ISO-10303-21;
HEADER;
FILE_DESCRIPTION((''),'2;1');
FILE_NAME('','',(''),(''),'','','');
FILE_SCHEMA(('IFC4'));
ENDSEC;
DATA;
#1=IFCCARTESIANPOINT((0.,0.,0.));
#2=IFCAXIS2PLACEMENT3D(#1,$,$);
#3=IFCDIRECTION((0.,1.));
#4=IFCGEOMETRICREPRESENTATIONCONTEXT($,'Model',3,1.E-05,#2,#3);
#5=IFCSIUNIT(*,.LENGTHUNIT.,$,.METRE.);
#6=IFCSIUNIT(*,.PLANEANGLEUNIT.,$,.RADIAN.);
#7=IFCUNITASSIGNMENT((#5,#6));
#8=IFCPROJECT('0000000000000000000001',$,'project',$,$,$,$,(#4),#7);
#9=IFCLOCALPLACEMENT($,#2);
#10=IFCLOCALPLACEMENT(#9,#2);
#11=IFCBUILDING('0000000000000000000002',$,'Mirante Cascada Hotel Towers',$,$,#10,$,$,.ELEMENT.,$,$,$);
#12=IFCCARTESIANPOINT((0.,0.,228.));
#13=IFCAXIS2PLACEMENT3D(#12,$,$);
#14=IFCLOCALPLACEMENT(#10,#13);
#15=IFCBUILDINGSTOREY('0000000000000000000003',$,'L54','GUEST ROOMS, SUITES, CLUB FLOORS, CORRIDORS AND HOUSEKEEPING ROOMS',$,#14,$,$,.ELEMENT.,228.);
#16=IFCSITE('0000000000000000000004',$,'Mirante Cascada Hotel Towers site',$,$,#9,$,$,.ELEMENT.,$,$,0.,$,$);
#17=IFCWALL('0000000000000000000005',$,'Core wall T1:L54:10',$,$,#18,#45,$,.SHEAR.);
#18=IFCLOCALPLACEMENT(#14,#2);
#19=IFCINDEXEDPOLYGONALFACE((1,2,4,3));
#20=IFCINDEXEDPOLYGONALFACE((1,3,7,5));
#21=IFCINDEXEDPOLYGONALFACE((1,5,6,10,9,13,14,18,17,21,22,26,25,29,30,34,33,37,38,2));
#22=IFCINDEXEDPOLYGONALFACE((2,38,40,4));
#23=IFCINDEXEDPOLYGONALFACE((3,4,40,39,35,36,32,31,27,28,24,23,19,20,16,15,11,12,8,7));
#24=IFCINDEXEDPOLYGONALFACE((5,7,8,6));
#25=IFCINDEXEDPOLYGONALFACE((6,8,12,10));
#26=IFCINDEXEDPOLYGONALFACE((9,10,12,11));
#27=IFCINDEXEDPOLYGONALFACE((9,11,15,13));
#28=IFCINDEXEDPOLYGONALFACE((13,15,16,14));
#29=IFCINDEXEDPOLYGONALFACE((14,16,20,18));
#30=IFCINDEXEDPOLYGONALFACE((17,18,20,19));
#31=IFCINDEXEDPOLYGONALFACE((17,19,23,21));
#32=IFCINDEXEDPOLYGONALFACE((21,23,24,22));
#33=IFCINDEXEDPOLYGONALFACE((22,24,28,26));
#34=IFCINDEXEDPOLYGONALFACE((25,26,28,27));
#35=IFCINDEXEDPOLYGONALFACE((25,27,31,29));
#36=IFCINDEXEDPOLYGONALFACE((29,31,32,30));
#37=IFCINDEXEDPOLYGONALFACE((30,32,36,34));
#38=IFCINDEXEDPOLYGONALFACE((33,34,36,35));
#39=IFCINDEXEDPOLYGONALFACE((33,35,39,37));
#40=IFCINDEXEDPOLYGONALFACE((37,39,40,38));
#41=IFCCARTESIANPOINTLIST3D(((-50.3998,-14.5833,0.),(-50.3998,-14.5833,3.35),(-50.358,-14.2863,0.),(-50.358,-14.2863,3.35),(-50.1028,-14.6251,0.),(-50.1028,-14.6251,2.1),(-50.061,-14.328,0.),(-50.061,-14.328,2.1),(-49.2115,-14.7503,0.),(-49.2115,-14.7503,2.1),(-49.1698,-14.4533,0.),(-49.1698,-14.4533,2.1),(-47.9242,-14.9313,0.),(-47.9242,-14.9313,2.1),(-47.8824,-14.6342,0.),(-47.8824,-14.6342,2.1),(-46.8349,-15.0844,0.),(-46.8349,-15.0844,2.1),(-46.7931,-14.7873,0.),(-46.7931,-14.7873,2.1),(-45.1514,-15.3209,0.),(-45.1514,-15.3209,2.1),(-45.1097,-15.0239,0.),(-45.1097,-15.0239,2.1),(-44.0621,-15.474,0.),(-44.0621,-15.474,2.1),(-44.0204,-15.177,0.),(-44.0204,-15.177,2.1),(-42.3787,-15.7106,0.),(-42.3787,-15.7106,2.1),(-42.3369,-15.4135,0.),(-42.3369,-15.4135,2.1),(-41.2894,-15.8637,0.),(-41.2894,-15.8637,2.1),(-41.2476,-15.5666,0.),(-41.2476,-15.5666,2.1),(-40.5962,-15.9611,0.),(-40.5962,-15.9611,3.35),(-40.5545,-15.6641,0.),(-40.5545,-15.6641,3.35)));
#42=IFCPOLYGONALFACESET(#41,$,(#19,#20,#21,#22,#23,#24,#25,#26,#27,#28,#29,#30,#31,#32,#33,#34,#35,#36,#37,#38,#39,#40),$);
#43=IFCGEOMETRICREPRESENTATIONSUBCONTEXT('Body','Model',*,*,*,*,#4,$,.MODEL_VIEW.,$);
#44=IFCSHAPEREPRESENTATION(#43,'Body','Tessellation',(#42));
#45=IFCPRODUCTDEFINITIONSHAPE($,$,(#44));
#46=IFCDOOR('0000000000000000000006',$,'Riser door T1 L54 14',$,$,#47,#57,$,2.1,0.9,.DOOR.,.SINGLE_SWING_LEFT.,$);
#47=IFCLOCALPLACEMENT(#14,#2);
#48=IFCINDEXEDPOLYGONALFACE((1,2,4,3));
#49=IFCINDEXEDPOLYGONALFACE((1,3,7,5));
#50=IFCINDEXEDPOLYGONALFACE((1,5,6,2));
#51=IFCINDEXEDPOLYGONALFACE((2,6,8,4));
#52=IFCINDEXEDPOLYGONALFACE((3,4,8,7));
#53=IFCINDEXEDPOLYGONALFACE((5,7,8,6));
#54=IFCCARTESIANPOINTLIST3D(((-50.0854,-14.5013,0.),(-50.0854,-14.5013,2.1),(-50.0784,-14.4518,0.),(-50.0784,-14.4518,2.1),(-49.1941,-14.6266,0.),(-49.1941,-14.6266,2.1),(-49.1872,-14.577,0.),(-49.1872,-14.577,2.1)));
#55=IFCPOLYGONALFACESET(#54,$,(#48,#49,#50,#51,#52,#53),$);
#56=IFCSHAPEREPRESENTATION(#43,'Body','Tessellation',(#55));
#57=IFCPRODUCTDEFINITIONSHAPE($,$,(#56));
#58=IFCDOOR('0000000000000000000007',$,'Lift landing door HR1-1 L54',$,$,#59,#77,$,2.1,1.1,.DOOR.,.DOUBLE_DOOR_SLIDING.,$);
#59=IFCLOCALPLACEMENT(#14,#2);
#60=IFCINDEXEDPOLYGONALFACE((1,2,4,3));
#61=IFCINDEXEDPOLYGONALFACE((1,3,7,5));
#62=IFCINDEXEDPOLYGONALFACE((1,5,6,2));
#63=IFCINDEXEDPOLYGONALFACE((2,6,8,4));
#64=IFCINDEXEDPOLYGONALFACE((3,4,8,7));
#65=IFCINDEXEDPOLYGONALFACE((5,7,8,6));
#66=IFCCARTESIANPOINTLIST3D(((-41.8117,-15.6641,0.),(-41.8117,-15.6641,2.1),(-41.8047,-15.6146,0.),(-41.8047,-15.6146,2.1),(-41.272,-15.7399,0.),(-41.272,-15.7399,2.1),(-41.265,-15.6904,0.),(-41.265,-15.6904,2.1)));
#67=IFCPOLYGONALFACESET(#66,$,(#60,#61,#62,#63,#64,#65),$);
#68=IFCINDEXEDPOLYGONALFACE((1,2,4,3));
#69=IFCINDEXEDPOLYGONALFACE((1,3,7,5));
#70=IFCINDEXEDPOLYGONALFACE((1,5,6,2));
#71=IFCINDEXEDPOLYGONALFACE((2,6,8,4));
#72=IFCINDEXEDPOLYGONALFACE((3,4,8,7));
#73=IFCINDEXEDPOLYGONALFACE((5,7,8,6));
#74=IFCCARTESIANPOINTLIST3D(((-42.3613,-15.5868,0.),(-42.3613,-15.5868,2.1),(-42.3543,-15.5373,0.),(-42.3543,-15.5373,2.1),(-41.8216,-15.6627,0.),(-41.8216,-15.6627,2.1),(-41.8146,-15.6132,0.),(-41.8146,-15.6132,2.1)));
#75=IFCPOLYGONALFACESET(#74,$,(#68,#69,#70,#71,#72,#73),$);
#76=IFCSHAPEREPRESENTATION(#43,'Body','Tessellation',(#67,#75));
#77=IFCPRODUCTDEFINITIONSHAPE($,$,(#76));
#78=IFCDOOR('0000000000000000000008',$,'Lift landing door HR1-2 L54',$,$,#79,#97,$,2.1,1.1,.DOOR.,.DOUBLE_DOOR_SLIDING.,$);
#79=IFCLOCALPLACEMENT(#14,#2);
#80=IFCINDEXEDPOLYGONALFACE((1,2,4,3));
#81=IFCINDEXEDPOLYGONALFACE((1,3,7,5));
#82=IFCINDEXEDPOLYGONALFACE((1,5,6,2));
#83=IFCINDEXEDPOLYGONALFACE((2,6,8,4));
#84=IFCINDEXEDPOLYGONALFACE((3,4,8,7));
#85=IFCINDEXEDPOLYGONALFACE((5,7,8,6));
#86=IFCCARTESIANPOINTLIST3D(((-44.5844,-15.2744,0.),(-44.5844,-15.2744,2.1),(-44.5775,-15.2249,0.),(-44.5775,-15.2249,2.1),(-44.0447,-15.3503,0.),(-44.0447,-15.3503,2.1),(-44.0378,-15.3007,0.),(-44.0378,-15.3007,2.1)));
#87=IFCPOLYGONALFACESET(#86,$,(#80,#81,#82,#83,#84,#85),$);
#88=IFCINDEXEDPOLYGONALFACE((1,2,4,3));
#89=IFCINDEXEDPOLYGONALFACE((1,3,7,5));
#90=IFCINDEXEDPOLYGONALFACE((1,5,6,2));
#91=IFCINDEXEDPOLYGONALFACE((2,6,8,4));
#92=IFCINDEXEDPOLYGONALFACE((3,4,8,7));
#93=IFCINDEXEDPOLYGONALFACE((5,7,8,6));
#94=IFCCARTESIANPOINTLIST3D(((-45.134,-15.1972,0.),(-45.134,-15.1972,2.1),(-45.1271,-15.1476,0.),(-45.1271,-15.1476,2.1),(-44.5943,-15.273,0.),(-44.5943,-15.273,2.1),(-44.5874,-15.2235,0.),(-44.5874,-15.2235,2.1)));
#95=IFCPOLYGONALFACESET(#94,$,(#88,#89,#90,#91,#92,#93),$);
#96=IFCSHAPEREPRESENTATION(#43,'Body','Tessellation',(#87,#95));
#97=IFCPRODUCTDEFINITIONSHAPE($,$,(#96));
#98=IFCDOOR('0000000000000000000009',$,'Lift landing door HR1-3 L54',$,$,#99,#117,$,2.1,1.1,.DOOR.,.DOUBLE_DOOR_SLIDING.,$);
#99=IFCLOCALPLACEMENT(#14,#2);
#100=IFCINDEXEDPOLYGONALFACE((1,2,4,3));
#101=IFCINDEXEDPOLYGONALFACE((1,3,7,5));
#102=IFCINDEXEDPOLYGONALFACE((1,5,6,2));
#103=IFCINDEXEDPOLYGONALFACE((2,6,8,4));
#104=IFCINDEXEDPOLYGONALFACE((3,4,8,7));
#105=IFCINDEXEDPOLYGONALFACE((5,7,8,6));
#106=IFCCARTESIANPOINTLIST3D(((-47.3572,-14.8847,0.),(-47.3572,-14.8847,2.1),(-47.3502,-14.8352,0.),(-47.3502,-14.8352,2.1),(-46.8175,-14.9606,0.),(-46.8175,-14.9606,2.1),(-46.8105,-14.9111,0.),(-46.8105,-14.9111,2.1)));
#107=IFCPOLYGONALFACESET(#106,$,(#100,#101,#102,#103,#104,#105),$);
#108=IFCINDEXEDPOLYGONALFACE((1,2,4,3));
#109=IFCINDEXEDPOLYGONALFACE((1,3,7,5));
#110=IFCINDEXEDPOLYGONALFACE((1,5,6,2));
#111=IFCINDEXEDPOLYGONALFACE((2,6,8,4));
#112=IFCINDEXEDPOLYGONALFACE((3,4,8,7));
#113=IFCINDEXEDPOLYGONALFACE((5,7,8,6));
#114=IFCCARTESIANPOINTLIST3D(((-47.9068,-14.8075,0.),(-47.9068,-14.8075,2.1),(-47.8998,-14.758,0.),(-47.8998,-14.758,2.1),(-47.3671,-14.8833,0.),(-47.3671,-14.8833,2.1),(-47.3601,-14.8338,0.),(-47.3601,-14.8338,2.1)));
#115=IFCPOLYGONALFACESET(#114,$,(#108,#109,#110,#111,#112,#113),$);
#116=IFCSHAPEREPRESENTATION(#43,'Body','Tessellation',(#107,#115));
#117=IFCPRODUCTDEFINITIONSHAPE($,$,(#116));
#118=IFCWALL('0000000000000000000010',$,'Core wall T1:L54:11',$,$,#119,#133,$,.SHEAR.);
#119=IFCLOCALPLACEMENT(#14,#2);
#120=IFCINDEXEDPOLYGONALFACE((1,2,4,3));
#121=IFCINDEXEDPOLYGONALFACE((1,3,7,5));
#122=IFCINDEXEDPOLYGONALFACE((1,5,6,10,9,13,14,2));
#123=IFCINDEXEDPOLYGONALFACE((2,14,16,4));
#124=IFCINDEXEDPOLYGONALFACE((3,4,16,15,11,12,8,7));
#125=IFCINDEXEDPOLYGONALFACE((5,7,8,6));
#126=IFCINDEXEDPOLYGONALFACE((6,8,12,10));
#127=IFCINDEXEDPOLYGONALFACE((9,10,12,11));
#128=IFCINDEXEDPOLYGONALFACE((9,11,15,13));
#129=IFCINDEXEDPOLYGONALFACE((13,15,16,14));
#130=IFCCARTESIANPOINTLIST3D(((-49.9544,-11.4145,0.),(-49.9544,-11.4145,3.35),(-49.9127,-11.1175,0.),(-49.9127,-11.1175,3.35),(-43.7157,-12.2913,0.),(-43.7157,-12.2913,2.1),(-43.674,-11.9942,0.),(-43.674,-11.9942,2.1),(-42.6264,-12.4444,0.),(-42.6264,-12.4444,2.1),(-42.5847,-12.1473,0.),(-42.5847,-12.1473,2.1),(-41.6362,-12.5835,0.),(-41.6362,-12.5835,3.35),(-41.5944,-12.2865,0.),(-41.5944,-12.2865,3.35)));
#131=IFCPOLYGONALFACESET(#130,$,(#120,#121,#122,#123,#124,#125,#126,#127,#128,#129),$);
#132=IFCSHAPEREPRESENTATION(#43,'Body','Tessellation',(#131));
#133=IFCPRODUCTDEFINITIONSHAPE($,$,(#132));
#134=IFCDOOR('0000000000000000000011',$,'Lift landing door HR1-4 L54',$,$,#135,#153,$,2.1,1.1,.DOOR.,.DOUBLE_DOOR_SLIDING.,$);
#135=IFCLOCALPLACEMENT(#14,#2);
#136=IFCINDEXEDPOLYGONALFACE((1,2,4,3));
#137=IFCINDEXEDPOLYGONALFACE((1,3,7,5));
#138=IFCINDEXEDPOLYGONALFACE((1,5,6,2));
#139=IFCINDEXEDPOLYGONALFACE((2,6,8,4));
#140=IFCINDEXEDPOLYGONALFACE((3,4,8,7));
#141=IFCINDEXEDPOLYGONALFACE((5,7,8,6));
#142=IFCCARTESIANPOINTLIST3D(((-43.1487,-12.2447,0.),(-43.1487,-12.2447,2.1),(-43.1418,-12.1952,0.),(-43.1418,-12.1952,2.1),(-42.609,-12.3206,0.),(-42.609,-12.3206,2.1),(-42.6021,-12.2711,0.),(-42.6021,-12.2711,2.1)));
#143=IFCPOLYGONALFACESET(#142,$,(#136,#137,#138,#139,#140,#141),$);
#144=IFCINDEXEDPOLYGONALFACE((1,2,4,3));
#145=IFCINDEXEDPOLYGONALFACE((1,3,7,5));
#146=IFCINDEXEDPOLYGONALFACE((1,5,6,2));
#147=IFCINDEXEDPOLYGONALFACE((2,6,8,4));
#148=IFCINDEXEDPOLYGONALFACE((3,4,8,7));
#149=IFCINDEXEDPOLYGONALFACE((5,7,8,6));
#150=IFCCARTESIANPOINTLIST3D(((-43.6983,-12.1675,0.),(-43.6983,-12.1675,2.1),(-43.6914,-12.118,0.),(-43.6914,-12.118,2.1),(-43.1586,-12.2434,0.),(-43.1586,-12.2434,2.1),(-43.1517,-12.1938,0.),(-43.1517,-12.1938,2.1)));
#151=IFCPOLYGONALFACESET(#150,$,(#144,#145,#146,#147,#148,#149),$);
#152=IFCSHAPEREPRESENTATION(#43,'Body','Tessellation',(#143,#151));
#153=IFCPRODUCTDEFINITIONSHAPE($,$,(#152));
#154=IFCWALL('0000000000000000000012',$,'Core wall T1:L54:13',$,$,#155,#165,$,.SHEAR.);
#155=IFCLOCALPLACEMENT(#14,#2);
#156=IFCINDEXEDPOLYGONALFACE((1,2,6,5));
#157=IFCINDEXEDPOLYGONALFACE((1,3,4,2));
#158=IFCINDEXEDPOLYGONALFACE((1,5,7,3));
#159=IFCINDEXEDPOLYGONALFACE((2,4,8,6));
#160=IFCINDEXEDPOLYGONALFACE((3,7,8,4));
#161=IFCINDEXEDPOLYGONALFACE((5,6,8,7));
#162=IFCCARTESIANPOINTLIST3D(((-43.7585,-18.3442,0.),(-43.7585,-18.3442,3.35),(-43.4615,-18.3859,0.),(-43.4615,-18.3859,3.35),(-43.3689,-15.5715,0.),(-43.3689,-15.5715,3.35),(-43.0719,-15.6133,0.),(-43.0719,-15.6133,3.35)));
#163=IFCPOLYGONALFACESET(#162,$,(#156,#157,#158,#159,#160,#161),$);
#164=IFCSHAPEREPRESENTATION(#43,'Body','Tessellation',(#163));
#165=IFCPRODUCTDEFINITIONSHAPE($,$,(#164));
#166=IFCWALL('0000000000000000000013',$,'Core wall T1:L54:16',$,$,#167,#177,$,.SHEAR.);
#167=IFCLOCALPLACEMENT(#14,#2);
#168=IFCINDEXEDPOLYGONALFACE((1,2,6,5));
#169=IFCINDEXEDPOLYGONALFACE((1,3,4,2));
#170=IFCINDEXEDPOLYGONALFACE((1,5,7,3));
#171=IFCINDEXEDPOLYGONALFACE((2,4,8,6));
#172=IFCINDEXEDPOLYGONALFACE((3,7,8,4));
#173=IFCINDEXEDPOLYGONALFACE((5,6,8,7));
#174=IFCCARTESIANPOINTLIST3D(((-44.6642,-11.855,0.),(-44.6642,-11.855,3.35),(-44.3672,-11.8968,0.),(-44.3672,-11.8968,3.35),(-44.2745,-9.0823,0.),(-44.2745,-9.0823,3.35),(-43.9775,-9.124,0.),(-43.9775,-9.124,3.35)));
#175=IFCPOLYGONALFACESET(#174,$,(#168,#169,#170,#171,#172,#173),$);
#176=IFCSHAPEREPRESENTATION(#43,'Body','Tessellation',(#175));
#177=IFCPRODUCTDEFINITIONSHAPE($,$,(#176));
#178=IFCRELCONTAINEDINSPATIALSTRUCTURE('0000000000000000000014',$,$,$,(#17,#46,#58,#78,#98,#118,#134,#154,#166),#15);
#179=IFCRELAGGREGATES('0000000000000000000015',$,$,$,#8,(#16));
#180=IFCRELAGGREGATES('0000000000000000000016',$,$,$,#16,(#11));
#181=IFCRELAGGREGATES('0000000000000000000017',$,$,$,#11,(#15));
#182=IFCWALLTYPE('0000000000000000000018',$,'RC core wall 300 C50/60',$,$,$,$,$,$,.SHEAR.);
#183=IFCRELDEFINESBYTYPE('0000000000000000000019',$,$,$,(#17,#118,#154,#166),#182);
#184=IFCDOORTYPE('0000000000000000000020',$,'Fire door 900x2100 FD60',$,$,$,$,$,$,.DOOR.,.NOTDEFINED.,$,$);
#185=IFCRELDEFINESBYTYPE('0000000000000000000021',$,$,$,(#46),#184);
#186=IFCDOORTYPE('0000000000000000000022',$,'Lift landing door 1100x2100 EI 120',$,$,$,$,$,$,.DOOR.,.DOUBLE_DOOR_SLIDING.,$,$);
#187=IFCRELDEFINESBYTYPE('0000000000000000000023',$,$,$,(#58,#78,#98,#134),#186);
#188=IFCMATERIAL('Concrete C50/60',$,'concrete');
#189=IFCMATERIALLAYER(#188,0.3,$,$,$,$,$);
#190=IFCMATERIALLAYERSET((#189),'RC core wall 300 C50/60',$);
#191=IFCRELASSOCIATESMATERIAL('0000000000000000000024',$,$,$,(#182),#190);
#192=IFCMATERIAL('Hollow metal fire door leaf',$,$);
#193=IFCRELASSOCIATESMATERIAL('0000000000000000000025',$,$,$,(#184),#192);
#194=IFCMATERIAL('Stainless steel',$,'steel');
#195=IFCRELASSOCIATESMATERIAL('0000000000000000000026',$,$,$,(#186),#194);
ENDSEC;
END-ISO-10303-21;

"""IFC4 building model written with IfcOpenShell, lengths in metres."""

from ifc_helpers import new_model, si_unit, direction, frame, frame_2d, origin, place, context, subcontext, project, spatial, rectangle, extrude, material, layer, layer_set, type_object, element, fill, save


model = new_model("IFC4")

# Units and contexts
model_context = context("Model", 3, precision=1e-05, world=origin(), true_north=direction((0.0, 1.0)))
body_context = subcontext(model_context, "Body", "Model", "MODEL_VIEW")
ifc_project = project(units=[si_unit("LENGTHUNIT", "METRE"), si_unit("PLANEANGLEUNIT", "RADIAN")], contexts=[model_context])

# Site, building, storey
site_placement = place(None, origin())
site = spatial("IfcSite", under=ifc_project, at=site_placement, Name="Mirante Cascada Hotel Towers site", CompositionType="ELEMENT", RefElevation=0.0)
building_placement = place(site_placement, origin())
building = spatial("IfcBuilding", under=site, at=building_placement, Name="Mirante Cascada Hotel Towers", CompositionType="ELEMENT")
storey_placement = place(building_placement, frame((0.0, 0.0, 228.0)))
storey = spatial("IfcBuildingStorey", under=building, at=storey_placement, Name="L54", Description="GUEST ROOMS, SUITES, CLUB FLOORS, CORRIDORS AND HOUSEKEEPING ROOMS", CompositionType="ELEMENT", Elevation=228.0)

# Shared definitions
ifc_material_1 = material(Name="Concrete C50/60", Category="concrete")
ifc_layer_1 = layer(ifc_material_1, 0.3)
ifc_layer_set_1 = layer_set([ifc_layer_1], Name="RC core wall 300 C50/60")
wall_type_1 = type_object("IfcWallType", Name="RC core wall 300 C50/60", PredefinedType="SHEAR", material=ifc_layer_set_1)

# Wall, openings, doors
wall_1_placement = place(storey_placement, frame((-40.5753, -15.8126, 0.0), z_axis=(0.0, 0.0, 1.0), x_axis=(-0.990268, 0.139173, 0.0)))
wall_1 = element("IfcWall", 1, at=wall_1_placement, inside=storey, type_object=wall_type_1, Name="Core wall T1:L54:10", PredefinedType="SHEAR", context=body_context, shape_type="SweptSolid", body=[
    extrude(rectangle(XDim=9.8999, YDim=0.3, at=frame_2d((4.95, 0.0))), origin(), (0.0, 0.0, 1.0), 3.35),
])
opening_1_placement = place(wall_1_placement, frame((0.7, 0.0, 0.0)))
opening_1 = element("IfcOpeningElement", 2, at=opening_1_placement, cuts=wall_1, PredefinedType="OPENING", context=body_context, shape_type="SweptSolid", body=[
    extrude(rectangle(XDim=1.1, YDim=2.1, at=frame_2d((0.55, 1.05))), frame((0.0, 0.15, 0.0), z_axis=(0.0, -1.0, 0.0), x_axis=(1.0, 0.0, 0.0)), (0.0, 0.0, 1.0), 0.3),
])
opening_2_placement = place(wall_1_placement, frame((3.5, 0.0, 0.0)))
opening_2 = element("IfcOpeningElement", 3, at=opening_2_placement, cuts=wall_1, PredefinedType="OPENING", context=body_context, shape_type="SweptSolid", body=[
    extrude(rectangle(XDim=1.1, YDim=2.1, at=frame_2d((0.55, 1.05))), frame((0.0, 0.15, 0.0), z_axis=(0.0, -1.0, 0.0), x_axis=(1.0, 0.0, 0.0)), (0.0, 0.0, 1.0), 0.3),
])
opening_3_placement = place(wall_1_placement, frame((6.3, 0.0, 0.0)))
opening_3 = element("IfcOpeningElement", 4, at=opening_3_placement, cuts=wall_1, PredefinedType="OPENING", context=body_context, shape_type="SweptSolid", body=[
    extrude(rectangle(XDim=1.1, YDim=2.1, at=frame_2d((0.55, 1.05))), frame((0.0, 0.15, 0.0), z_axis=(0.0, -1.0, 0.0), x_axis=(1.0, 0.0, 0.0)), (0.0, 0.0, 1.0), 0.3),
])
opening_4_placement = place(wall_1_placement, frame((8.7, 0.0, 0.0)))
opening_4 = element("IfcOpeningElement", 5, at=opening_4_placement, cuts=wall_1, PredefinedType="OPENING", context=body_context, shape_type="SweptSolid", body=[
    extrude(rectangle(XDim=0.9, YDim=2.1, at=frame_2d((0.45, 1.05))), frame((0.0, 0.15, 0.0), z_axis=(0.0, -1.0, 0.0), x_axis=(1.0, 0.0, 0.0)), (0.0, 0.0, 1.0), 0.3),
])
ifc_material_2 = material(Name="Hollow metal fire door leaf")
door_type_1 = type_object("IfcDoorType", Name="Fire door 900x2100 FD60", OperationType="NOTDEFINED", PredefinedType="DOOR", material=ifc_material_2)
door_1_placement = place(opening_4_placement, origin())
door_1 = element("IfcDoor", 6, at=door_1_placement, inside=storey, type_object=door_type_1, Name="Riser door T1 L54 14", OperationType="SINGLE_SWING_LEFT", OverallHeight=2.1, OverallWidth=0.9, PredefinedType="DOOR", context=body_context, shape_type="SweptSolid", body=[
    extrude(rectangle(XDim=0.9, YDim=2.1, at=frame_2d((0.45, 1.05))), frame((0.0, 0.025, 0.0), z_axis=(0.0, -1.0, 0.0), x_axis=(1.0, 0.0, 0.0)), (0.0, 0.0, 1.0), 0.05),
])
fill(opening_4, door_1)
ifc_material_3 = material(Name="Stainless steel", Category="steel")
door_type_2 = type_object("IfcDoorType", Name="Lift landing door 1100x2100 EI 120", OperationType="DOUBLE_DOOR_SLIDING", PredefinedType="DOOR", material=ifc_material_3)
door_2_placement = place(opening_1_placement, origin())
door_2 = element("IfcDoor", 7, at=door_2_placement, inside=storey, type_object=door_type_2, Name="Lift landing door HR1-1 L54", OperationType="DOUBLE_DOOR_SLIDING", OverallHeight=2.1, OverallWidth=1.1, PredefinedType="DOOR", context=body_context, shape_type="SweptSolid", body=[
    extrude(rectangle(XDim=0.545, YDim=2.1, at=frame_2d((0.2725, 1.05))), frame((0.0, 0.025, 0.0), z_axis=(0.0, -1.0, 0.0), x_axis=(1.0, 0.0, 0.0)), (0.0, 0.0, 1.0), 0.05),
    extrude(rectangle(XDim=0.545, YDim=2.1, at=frame_2d((0.8275, 1.05))), frame((0.0, 0.025, 0.0), z_axis=(0.0, -1.0, 0.0), x_axis=(1.0, 0.0, 0.0)), (0.0, 0.0, 1.0), 0.05),
])
fill(opening_1, door_2)
door_3_placement = place(opening_2_placement, origin())
door_3 = element("IfcDoor", 8, at=door_3_placement, inside=storey, type_object=door_type_2, Name="Lift landing door HR1-2 L54", OperationType="DOUBLE_DOOR_SLIDING", OverallHeight=2.1, OverallWidth=1.1, PredefinedType="DOOR", context=body_context, shape_type="SweptSolid", body=[
    extrude(rectangle(XDim=0.545, YDim=2.1, at=frame_2d((0.2725, 1.05))), frame((0.0, 0.025, 0.0), z_axis=(0.0, -1.0, 0.0), x_axis=(1.0, 0.0, 0.0)), (0.0, 0.0, 1.0), 0.05),
    extrude(rectangle(XDim=0.545, YDim=2.1, at=frame_2d((0.8275, 1.05))), frame((0.0, 0.025, 0.0), z_axis=(0.0, -1.0, 0.0), x_axis=(1.0, 0.0, 0.0)), (0.0, 0.0, 1.0), 0.05),
])
fill(opening_2, door_3)
door_4_placement = place(opening_3_placement, origin())
door_4 = element("IfcDoor", 9, at=door_4_placement, inside=storey, type_object=door_type_2, Name="Lift landing door HR1-3 L54", OperationType="DOUBLE_DOOR_SLIDING", OverallHeight=2.1, OverallWidth=1.1, PredefinedType="DOOR", context=body_context, shape_type="SweptSolid", body=[
    extrude(rectangle(XDim=0.545, YDim=2.1, at=frame_2d((0.2725, 1.05))), frame((0.0, 0.025, 0.0), z_axis=(0.0, -1.0, 0.0), x_axis=(1.0, 0.0, 0.0)), (0.0, 0.0, 1.0), 0.05),
    extrude(rectangle(XDim=0.545, YDim=2.1, at=frame_2d((0.8275, 1.05))), frame((0.0, 0.025, 0.0), z_axis=(0.0, -1.0, 0.0), x_axis=(1.0, 0.0, 0.0)), (0.0, 0.0, 1.0), 0.05),
])
fill(opening_3, door_4)

# Wall, opening, door
wall_2_placement = place(storey_placement, frame((-41.6153, -12.435, 0.0), z_axis=(0.0, 0.0, 1.0), x_axis=(-0.990269, 0.139166, 0.0)))
wall_2 = element("IfcWall", 10, at=wall_2_placement, inside=storey, type_object=wall_type_1, Name="Core wall T1:L54:11", PredefinedType="SHEAR", context=body_context, shape_type="SweptSolid", body=[
    extrude(rectangle(XDim=8.4, YDim=0.3, at=frame_2d((4.2, 0.0))), origin(), (0.0, 0.0, 1.0), 3.35),
])
opening_5_placement = place(wall_2_placement, frame((1.0, 0.0, 0.0)))
opening_5 = element("IfcOpeningElement", 11, at=opening_5_placement, cuts=wall_2, PredefinedType="OPENING", context=body_context, shape_type="SweptSolid", body=[
    extrude(rectangle(XDim=1.1, YDim=2.1, at=frame_2d((0.55, 1.05))), frame((0.0, 0.15, 0.0), z_axis=(0.0, -1.0, 0.0), x_axis=(1.0, 0.0, 0.0)), (0.0, 0.0, 1.0), 0.3),
])
door_5_placement = place(opening_5_placement, origin())
door_5 = element("IfcDoor", 12, at=door_5_placement, inside=storey, type_object=door_type_2, Name="Lift landing door HR1-4 L54", OperationType="DOUBLE_DOOR_SLIDING", OverallHeight=2.1, OverallWidth=1.1, PredefinedType="DOOR", context=body_context, shape_type="SweptSolid", body=[
    extrude(rectangle(XDim=0.545, YDim=2.1, at=frame_2d((0.2725, 1.05))), frame((0.0, 0.025, 0.0), z_axis=(0.0, -1.0, 0.0), x_axis=(1.0, 0.0, 0.0)), (0.0, 0.0, 1.0), 0.05),
    extrude(rectangle(XDim=0.545, YDim=2.1, at=frame_2d((0.8275, 1.05))), frame((0.0, 0.025, 0.0), z_axis=(0.0, -1.0, 0.0), x_axis=(1.0, 0.0, 0.0)), (0.0, 0.0, 1.0), 0.05),
])
fill(opening_5, door_5)

# Walls
wall_3_placement = place(storey_placement, frame((-43.61, -18.3651, 0.0), z_axis=(0.0, 0.0, 1.0), x_axis=(0.139146, 0.990272, 0.0)))
element("IfcWall", 13, at=wall_3_placement, inside=storey, type_object=wall_type_1, Name="Core wall T1:L54:13", PredefinedType="SHEAR", context=body_context, shape_type="SweptSolid", body=[
    extrude(rectangle(XDim=2.7999, YDim=0.3, at=frame_2d((1.4, 0.0))), origin(), (0.0, 0.0, 1.0), 3.35),
])
wall_4_placement = place(storey_placement, frame((-44.5157, -11.8759, 0.0), z_axis=(0.0, 0.0, 1.0), x_axis=(0.139181, 0.990267, 0.0)))
element("IfcWall", 14, at=wall_4_placement, inside=storey, type_object=wall_type_1, Name="Core wall T1:L54:16", PredefinedType="SHEAR", context=body_context, shape_type="SweptSolid", body=[
    extrude(rectangle(XDim=2.8, YDim=0.3, at=frame_2d((1.4, 0.0))), origin(), (0.0, 0.0, 1.0), 3.35),
])

save(model, "model.ifc")
